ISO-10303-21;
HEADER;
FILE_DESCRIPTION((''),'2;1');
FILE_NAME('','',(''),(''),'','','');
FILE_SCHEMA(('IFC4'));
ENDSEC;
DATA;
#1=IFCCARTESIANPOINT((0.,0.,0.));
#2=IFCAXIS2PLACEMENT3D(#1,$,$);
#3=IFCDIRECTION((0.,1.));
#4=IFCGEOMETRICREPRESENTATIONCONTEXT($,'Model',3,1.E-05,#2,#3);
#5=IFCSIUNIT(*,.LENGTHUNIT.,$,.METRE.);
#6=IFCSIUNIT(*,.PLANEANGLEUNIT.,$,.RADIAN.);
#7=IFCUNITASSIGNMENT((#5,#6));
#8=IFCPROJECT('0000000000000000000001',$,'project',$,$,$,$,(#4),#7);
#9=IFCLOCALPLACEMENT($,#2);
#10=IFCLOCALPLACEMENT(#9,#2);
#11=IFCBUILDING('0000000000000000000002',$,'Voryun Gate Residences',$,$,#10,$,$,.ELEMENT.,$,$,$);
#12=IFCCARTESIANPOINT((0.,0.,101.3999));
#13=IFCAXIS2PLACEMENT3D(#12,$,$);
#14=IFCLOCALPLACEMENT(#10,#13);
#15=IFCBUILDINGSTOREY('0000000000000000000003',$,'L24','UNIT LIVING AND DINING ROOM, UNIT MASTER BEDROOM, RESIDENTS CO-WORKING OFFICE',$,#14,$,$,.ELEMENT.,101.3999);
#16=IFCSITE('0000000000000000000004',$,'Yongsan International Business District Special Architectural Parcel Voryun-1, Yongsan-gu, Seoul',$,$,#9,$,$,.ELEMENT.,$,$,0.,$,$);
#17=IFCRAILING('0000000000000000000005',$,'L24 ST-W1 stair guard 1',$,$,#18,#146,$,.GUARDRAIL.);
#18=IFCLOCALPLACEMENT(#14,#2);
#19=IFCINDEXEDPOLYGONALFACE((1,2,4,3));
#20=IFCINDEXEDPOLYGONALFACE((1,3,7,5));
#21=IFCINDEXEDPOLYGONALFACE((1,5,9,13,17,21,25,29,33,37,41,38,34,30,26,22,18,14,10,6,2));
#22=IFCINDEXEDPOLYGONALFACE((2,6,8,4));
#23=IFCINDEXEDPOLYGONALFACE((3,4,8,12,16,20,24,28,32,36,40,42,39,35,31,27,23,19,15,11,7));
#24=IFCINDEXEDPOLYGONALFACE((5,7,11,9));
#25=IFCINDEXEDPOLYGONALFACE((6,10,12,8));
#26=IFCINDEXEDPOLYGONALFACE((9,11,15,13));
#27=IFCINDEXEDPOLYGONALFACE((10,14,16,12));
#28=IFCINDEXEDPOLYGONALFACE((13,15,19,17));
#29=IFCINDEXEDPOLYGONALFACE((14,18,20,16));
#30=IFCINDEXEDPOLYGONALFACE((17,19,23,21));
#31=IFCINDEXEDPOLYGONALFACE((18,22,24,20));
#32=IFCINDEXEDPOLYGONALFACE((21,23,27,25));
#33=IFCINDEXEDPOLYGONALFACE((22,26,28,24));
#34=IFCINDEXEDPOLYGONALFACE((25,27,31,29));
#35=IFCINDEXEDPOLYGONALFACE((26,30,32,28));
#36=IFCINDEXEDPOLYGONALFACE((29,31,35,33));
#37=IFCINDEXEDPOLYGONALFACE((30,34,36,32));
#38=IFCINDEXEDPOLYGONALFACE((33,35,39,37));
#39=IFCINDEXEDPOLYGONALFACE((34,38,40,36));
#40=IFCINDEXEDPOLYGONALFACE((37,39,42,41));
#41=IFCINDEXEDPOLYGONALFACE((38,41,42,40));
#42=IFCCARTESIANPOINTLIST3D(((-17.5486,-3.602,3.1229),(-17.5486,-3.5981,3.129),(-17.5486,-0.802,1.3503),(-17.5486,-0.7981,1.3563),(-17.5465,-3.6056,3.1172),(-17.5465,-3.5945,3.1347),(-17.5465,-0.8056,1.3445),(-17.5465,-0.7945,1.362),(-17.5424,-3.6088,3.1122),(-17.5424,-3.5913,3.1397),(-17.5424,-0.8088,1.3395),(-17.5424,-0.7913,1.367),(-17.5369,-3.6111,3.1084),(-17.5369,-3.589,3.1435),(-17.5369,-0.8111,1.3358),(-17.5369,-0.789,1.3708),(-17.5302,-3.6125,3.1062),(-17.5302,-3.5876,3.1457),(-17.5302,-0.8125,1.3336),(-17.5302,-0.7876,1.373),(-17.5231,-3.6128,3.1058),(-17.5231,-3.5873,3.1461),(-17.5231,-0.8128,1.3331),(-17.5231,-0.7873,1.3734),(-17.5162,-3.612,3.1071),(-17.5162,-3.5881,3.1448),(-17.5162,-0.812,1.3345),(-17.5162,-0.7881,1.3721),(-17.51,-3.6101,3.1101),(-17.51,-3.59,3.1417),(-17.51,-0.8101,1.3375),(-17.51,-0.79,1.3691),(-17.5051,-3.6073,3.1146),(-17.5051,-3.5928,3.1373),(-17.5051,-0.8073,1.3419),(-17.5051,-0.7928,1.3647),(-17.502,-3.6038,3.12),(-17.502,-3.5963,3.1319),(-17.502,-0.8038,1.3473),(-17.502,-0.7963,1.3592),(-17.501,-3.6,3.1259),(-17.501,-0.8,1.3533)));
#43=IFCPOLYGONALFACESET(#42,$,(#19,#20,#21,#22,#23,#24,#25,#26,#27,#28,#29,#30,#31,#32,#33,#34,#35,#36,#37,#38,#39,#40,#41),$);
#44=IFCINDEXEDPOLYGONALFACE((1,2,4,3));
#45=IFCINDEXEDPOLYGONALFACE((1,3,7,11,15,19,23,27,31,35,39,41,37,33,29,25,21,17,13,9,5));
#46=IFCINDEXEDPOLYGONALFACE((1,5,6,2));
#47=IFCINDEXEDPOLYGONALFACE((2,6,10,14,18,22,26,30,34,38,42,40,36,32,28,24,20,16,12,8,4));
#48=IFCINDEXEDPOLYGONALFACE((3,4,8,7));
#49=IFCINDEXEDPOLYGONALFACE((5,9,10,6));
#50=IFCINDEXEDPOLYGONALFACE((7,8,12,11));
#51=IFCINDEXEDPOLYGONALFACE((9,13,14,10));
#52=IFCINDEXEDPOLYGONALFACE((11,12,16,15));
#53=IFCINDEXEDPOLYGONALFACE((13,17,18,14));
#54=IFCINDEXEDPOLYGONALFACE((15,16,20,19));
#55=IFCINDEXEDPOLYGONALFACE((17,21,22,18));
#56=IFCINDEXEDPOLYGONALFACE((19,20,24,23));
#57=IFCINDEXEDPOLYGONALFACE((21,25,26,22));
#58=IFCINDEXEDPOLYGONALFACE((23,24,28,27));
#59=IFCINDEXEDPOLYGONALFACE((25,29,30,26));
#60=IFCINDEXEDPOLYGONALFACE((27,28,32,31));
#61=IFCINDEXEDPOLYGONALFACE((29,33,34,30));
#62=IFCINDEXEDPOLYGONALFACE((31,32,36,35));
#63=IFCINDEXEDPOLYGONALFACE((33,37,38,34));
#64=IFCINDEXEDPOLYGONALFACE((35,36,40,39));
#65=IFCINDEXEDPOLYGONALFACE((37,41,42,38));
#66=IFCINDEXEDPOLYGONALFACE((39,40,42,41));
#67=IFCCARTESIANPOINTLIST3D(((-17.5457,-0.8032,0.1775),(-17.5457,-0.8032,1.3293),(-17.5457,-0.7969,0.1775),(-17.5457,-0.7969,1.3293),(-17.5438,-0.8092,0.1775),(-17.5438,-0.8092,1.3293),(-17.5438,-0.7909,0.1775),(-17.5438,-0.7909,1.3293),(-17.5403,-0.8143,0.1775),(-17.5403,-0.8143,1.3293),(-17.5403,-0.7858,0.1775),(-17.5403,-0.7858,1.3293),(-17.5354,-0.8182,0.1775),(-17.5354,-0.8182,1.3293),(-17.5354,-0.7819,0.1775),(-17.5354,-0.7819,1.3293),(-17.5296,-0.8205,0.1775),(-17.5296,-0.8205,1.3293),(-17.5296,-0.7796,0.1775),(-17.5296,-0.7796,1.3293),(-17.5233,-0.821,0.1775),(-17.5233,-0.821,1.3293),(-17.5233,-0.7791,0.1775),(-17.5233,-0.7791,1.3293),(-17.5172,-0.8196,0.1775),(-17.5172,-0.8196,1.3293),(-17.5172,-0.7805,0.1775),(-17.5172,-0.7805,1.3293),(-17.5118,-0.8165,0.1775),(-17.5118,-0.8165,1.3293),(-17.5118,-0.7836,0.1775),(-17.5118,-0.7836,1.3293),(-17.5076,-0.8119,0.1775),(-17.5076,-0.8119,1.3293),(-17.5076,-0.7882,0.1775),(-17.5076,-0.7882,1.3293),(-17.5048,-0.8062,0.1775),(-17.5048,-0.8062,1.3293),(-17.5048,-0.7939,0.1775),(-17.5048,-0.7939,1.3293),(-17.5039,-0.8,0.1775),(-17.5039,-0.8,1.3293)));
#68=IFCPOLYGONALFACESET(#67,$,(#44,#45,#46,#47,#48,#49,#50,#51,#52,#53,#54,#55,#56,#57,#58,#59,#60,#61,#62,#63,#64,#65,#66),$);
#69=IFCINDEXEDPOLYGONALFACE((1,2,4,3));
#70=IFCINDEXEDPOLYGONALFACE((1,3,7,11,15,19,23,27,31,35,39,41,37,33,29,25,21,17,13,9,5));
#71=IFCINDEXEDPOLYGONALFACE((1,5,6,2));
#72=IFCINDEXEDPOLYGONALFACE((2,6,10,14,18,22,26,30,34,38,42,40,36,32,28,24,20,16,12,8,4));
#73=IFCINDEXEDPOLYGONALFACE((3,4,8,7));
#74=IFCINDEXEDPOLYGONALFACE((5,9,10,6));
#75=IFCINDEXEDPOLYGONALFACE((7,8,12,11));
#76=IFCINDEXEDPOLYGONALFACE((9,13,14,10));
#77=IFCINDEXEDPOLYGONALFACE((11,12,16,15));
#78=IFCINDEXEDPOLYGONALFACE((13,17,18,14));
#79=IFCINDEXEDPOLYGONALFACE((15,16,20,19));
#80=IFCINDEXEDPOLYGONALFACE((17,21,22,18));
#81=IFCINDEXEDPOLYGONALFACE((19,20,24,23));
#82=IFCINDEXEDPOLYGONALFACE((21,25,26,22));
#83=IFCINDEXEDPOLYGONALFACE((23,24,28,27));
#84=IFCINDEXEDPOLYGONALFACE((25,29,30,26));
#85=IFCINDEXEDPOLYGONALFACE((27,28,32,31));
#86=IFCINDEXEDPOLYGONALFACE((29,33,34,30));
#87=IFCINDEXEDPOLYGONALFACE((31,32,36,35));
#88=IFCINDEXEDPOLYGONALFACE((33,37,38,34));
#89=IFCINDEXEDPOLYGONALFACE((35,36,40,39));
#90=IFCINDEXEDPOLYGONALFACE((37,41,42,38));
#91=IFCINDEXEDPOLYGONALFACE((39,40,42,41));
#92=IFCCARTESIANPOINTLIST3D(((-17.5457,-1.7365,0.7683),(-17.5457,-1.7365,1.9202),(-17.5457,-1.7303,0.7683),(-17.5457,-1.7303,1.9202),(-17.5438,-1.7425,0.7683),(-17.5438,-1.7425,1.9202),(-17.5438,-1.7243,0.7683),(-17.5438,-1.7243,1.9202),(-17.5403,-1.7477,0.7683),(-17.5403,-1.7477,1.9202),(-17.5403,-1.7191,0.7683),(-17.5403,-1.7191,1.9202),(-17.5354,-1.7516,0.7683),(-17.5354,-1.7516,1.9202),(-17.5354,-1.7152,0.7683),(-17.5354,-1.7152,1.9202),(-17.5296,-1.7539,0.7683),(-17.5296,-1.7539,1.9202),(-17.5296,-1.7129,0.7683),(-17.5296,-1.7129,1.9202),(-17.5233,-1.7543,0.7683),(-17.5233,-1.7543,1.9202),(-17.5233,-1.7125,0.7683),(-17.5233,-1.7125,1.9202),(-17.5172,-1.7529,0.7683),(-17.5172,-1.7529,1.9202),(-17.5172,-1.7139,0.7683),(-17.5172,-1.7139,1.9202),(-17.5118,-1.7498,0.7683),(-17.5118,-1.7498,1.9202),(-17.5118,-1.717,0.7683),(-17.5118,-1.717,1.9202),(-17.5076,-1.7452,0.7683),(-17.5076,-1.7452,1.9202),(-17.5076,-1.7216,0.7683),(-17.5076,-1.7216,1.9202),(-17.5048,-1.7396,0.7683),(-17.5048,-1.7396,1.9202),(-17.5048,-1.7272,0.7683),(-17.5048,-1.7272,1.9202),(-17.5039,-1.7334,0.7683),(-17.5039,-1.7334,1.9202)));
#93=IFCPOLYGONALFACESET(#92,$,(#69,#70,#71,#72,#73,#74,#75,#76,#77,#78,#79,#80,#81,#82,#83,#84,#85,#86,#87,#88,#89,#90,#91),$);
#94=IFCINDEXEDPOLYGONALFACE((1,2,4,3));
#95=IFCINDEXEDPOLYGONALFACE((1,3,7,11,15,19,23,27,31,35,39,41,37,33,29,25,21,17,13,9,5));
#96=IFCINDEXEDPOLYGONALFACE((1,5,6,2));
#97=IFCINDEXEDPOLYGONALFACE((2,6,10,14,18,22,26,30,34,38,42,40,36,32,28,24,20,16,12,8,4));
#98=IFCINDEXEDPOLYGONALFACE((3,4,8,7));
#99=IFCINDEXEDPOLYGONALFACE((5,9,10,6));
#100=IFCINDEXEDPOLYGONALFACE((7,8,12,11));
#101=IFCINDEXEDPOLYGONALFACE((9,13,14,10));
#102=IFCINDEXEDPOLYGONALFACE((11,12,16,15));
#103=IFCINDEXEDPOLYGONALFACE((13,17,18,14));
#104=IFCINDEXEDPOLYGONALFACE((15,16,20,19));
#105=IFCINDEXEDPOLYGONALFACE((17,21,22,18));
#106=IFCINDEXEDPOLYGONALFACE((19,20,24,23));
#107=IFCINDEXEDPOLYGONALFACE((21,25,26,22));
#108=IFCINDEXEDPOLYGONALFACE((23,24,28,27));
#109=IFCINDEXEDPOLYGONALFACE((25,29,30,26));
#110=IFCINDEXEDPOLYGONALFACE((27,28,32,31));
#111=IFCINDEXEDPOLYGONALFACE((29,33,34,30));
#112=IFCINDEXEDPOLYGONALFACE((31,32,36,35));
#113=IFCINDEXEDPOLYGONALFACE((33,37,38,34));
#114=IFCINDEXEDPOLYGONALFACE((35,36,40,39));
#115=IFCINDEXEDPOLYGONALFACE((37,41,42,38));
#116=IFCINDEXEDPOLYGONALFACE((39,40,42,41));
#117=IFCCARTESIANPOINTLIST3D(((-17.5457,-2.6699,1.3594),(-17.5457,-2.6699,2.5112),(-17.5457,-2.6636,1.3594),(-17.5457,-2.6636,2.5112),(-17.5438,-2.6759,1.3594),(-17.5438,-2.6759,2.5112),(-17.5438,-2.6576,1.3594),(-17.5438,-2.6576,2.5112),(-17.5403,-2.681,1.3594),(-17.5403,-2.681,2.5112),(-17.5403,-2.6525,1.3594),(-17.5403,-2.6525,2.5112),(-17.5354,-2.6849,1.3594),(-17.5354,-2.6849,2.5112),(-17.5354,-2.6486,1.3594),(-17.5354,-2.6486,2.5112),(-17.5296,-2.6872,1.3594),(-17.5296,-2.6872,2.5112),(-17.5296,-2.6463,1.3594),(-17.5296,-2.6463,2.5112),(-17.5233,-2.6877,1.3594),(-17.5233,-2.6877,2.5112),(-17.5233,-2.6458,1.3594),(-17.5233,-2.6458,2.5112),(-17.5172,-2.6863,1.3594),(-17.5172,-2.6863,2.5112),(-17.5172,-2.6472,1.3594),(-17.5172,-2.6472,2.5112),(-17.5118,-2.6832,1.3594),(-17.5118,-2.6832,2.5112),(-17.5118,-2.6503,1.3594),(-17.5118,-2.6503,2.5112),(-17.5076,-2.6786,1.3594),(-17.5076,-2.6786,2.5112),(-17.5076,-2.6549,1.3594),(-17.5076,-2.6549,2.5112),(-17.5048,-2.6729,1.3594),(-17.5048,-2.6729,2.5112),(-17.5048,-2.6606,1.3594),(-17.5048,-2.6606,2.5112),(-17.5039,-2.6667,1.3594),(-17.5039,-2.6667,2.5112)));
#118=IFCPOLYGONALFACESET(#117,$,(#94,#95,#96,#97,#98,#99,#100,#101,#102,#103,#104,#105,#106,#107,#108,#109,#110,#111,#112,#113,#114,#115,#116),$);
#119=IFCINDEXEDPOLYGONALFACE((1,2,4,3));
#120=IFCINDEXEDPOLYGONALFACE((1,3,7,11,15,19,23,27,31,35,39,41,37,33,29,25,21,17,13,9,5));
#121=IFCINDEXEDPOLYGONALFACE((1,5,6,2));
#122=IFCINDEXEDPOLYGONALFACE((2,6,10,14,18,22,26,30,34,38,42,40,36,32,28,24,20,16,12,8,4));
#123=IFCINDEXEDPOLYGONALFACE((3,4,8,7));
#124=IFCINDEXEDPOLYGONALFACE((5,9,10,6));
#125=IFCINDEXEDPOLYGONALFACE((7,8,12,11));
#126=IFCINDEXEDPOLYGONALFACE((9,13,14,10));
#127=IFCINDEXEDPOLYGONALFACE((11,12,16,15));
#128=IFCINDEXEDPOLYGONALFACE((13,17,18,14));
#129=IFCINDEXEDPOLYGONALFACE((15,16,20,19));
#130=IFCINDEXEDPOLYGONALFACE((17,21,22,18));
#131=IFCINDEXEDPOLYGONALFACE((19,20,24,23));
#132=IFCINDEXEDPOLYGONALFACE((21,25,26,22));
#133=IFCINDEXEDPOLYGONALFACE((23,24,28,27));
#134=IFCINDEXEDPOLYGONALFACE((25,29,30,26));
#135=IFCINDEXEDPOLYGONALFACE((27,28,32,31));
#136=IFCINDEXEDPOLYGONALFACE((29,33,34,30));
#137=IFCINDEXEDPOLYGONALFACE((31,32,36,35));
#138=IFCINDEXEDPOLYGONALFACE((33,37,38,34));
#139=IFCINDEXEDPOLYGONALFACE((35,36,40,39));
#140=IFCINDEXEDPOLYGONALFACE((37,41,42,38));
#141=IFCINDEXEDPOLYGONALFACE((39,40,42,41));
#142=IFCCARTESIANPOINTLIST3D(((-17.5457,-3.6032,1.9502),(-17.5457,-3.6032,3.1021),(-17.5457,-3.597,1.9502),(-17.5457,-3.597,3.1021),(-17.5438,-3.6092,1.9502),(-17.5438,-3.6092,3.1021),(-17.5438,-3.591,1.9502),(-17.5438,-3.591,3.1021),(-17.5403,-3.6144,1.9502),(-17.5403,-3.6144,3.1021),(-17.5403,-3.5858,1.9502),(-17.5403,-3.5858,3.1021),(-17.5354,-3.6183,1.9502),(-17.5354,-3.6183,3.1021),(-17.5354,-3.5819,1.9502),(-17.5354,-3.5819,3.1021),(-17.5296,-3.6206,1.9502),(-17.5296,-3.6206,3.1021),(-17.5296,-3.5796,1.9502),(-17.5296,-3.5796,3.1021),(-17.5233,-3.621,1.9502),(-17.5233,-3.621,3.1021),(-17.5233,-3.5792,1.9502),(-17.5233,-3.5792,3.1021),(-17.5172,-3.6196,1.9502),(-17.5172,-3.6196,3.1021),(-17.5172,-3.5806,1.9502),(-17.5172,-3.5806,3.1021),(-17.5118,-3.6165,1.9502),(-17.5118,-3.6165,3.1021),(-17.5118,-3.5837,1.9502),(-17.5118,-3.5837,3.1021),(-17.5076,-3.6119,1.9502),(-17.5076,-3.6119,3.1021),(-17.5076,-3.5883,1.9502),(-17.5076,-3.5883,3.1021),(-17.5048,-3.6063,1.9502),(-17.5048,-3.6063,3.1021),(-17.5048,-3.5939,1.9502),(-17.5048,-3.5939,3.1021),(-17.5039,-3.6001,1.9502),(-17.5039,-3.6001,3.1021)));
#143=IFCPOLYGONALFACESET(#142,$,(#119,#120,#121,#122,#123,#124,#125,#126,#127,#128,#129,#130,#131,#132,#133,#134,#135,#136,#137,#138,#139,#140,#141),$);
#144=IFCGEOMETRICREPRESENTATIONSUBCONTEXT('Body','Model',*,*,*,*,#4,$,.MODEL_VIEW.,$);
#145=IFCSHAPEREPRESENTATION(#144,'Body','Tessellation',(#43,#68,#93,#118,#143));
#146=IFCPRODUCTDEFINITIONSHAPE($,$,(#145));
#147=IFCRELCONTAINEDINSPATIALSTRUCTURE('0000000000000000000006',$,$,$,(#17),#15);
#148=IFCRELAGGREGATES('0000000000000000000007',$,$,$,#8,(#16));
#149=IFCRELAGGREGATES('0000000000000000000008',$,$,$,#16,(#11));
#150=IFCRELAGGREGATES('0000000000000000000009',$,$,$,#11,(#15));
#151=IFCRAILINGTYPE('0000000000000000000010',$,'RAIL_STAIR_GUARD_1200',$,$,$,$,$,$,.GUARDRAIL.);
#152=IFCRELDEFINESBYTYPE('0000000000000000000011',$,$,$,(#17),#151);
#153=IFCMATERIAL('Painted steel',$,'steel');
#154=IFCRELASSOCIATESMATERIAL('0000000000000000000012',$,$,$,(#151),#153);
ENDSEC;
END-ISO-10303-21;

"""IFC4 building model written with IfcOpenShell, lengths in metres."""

from ifc_helpers import new_model, si_unit, direction, frame, origin, origin_2d, place, context, subcontext, project, spatial, circle, extrude, material, type_object, element, save


model = new_model("IFC4")

# Units and contexts
model_context = context("Model", 3, precision=1e-05, world=origin(), true_north=direction((0.0, 1.0)))
body_context = subcontext(model_context, "Body", "Model", "MODEL_VIEW")
ifc_project = project(units=[si_unit("LENGTHUNIT", "METRE"), si_unit("PLANEANGLEUNIT", "RADIAN")], contexts=[model_context])

# Site, building, storey
site_placement = place(None, origin())
site = spatial("IfcSite", under=ifc_project, at=site_placement, Name="Yongsan International Business District Special Architectural Parcel Voryun-1, Yongsan-gu, Seoul", CompositionType="ELEMENT", RefElevation=0.0)
building_placement = place(site_placement, origin())
building = spatial("IfcBuilding", under=site, at=building_placement, Name="Voryun Gate Residences", CompositionType="ELEMENT")
storey_placement = place(building_placement, frame((0.0, 0.0, 101.3999)))
storey = spatial("IfcBuildingStorey", under=building, at=storey_placement, Name="L24", Description="UNIT LIVING AND DINING ROOM, UNIT MASTER BEDROOM, RESIDENTS CO-WORKING OFFICE", CompositionType="ELEMENT", Elevation=101.3999)

# Railing
ifc_material_1 = material(Name="Painted steel", Category="steel")
railing_type_1 = type_object("IfcRailingType", Name="RAIL_STAIR_GUARD_1200", PredefinedType="GUARDRAIL", material=ifc_material_1)
railing_1_placement = place(storey_placement, frame((-17.5249, -0.8, 0.1775)))
element("IfcRailing", 1, at=railing_1_placement, inside=storey, type_object=railing_type_1, Name="L24 ST-W1 stair guard 1", PredefinedType="GUARDRAIL", context=body_context, shape_type="SweptSolid", body=[
    extrude(circle(Radius=0.0239, at=origin_2d()), frame((0.0, 0.0, 1.1758), z_axis=(0.0, -0.844909, 0.53491), x_axis=(1.0, 0.0, 0.0)), (0.0, 0.0, 1.0), 3.314),
    extrude(circle(Radius=0.021, at=origin_2d()), origin(), (0.0, 0.0, 1.0), 1.1519),
    extrude(circle(Radius=0.021, at=origin_2d()), frame((0.0, -0.9333, 0.5908)), (0.0, 0.0, 1.0), 1.1519),
    extrude(circle(Radius=0.021, at=origin_2d()), frame((0.0, -1.8667, 1.1819)), (0.0, 0.0, 1.0), 1.1519),
    extrude(circle(Radius=0.021, at=origin_2d()), frame((0.0, -2.8, 1.7727)), (0.0, 0.0, 1.0), 1.1519),
])

save(model, "model.ifc")
